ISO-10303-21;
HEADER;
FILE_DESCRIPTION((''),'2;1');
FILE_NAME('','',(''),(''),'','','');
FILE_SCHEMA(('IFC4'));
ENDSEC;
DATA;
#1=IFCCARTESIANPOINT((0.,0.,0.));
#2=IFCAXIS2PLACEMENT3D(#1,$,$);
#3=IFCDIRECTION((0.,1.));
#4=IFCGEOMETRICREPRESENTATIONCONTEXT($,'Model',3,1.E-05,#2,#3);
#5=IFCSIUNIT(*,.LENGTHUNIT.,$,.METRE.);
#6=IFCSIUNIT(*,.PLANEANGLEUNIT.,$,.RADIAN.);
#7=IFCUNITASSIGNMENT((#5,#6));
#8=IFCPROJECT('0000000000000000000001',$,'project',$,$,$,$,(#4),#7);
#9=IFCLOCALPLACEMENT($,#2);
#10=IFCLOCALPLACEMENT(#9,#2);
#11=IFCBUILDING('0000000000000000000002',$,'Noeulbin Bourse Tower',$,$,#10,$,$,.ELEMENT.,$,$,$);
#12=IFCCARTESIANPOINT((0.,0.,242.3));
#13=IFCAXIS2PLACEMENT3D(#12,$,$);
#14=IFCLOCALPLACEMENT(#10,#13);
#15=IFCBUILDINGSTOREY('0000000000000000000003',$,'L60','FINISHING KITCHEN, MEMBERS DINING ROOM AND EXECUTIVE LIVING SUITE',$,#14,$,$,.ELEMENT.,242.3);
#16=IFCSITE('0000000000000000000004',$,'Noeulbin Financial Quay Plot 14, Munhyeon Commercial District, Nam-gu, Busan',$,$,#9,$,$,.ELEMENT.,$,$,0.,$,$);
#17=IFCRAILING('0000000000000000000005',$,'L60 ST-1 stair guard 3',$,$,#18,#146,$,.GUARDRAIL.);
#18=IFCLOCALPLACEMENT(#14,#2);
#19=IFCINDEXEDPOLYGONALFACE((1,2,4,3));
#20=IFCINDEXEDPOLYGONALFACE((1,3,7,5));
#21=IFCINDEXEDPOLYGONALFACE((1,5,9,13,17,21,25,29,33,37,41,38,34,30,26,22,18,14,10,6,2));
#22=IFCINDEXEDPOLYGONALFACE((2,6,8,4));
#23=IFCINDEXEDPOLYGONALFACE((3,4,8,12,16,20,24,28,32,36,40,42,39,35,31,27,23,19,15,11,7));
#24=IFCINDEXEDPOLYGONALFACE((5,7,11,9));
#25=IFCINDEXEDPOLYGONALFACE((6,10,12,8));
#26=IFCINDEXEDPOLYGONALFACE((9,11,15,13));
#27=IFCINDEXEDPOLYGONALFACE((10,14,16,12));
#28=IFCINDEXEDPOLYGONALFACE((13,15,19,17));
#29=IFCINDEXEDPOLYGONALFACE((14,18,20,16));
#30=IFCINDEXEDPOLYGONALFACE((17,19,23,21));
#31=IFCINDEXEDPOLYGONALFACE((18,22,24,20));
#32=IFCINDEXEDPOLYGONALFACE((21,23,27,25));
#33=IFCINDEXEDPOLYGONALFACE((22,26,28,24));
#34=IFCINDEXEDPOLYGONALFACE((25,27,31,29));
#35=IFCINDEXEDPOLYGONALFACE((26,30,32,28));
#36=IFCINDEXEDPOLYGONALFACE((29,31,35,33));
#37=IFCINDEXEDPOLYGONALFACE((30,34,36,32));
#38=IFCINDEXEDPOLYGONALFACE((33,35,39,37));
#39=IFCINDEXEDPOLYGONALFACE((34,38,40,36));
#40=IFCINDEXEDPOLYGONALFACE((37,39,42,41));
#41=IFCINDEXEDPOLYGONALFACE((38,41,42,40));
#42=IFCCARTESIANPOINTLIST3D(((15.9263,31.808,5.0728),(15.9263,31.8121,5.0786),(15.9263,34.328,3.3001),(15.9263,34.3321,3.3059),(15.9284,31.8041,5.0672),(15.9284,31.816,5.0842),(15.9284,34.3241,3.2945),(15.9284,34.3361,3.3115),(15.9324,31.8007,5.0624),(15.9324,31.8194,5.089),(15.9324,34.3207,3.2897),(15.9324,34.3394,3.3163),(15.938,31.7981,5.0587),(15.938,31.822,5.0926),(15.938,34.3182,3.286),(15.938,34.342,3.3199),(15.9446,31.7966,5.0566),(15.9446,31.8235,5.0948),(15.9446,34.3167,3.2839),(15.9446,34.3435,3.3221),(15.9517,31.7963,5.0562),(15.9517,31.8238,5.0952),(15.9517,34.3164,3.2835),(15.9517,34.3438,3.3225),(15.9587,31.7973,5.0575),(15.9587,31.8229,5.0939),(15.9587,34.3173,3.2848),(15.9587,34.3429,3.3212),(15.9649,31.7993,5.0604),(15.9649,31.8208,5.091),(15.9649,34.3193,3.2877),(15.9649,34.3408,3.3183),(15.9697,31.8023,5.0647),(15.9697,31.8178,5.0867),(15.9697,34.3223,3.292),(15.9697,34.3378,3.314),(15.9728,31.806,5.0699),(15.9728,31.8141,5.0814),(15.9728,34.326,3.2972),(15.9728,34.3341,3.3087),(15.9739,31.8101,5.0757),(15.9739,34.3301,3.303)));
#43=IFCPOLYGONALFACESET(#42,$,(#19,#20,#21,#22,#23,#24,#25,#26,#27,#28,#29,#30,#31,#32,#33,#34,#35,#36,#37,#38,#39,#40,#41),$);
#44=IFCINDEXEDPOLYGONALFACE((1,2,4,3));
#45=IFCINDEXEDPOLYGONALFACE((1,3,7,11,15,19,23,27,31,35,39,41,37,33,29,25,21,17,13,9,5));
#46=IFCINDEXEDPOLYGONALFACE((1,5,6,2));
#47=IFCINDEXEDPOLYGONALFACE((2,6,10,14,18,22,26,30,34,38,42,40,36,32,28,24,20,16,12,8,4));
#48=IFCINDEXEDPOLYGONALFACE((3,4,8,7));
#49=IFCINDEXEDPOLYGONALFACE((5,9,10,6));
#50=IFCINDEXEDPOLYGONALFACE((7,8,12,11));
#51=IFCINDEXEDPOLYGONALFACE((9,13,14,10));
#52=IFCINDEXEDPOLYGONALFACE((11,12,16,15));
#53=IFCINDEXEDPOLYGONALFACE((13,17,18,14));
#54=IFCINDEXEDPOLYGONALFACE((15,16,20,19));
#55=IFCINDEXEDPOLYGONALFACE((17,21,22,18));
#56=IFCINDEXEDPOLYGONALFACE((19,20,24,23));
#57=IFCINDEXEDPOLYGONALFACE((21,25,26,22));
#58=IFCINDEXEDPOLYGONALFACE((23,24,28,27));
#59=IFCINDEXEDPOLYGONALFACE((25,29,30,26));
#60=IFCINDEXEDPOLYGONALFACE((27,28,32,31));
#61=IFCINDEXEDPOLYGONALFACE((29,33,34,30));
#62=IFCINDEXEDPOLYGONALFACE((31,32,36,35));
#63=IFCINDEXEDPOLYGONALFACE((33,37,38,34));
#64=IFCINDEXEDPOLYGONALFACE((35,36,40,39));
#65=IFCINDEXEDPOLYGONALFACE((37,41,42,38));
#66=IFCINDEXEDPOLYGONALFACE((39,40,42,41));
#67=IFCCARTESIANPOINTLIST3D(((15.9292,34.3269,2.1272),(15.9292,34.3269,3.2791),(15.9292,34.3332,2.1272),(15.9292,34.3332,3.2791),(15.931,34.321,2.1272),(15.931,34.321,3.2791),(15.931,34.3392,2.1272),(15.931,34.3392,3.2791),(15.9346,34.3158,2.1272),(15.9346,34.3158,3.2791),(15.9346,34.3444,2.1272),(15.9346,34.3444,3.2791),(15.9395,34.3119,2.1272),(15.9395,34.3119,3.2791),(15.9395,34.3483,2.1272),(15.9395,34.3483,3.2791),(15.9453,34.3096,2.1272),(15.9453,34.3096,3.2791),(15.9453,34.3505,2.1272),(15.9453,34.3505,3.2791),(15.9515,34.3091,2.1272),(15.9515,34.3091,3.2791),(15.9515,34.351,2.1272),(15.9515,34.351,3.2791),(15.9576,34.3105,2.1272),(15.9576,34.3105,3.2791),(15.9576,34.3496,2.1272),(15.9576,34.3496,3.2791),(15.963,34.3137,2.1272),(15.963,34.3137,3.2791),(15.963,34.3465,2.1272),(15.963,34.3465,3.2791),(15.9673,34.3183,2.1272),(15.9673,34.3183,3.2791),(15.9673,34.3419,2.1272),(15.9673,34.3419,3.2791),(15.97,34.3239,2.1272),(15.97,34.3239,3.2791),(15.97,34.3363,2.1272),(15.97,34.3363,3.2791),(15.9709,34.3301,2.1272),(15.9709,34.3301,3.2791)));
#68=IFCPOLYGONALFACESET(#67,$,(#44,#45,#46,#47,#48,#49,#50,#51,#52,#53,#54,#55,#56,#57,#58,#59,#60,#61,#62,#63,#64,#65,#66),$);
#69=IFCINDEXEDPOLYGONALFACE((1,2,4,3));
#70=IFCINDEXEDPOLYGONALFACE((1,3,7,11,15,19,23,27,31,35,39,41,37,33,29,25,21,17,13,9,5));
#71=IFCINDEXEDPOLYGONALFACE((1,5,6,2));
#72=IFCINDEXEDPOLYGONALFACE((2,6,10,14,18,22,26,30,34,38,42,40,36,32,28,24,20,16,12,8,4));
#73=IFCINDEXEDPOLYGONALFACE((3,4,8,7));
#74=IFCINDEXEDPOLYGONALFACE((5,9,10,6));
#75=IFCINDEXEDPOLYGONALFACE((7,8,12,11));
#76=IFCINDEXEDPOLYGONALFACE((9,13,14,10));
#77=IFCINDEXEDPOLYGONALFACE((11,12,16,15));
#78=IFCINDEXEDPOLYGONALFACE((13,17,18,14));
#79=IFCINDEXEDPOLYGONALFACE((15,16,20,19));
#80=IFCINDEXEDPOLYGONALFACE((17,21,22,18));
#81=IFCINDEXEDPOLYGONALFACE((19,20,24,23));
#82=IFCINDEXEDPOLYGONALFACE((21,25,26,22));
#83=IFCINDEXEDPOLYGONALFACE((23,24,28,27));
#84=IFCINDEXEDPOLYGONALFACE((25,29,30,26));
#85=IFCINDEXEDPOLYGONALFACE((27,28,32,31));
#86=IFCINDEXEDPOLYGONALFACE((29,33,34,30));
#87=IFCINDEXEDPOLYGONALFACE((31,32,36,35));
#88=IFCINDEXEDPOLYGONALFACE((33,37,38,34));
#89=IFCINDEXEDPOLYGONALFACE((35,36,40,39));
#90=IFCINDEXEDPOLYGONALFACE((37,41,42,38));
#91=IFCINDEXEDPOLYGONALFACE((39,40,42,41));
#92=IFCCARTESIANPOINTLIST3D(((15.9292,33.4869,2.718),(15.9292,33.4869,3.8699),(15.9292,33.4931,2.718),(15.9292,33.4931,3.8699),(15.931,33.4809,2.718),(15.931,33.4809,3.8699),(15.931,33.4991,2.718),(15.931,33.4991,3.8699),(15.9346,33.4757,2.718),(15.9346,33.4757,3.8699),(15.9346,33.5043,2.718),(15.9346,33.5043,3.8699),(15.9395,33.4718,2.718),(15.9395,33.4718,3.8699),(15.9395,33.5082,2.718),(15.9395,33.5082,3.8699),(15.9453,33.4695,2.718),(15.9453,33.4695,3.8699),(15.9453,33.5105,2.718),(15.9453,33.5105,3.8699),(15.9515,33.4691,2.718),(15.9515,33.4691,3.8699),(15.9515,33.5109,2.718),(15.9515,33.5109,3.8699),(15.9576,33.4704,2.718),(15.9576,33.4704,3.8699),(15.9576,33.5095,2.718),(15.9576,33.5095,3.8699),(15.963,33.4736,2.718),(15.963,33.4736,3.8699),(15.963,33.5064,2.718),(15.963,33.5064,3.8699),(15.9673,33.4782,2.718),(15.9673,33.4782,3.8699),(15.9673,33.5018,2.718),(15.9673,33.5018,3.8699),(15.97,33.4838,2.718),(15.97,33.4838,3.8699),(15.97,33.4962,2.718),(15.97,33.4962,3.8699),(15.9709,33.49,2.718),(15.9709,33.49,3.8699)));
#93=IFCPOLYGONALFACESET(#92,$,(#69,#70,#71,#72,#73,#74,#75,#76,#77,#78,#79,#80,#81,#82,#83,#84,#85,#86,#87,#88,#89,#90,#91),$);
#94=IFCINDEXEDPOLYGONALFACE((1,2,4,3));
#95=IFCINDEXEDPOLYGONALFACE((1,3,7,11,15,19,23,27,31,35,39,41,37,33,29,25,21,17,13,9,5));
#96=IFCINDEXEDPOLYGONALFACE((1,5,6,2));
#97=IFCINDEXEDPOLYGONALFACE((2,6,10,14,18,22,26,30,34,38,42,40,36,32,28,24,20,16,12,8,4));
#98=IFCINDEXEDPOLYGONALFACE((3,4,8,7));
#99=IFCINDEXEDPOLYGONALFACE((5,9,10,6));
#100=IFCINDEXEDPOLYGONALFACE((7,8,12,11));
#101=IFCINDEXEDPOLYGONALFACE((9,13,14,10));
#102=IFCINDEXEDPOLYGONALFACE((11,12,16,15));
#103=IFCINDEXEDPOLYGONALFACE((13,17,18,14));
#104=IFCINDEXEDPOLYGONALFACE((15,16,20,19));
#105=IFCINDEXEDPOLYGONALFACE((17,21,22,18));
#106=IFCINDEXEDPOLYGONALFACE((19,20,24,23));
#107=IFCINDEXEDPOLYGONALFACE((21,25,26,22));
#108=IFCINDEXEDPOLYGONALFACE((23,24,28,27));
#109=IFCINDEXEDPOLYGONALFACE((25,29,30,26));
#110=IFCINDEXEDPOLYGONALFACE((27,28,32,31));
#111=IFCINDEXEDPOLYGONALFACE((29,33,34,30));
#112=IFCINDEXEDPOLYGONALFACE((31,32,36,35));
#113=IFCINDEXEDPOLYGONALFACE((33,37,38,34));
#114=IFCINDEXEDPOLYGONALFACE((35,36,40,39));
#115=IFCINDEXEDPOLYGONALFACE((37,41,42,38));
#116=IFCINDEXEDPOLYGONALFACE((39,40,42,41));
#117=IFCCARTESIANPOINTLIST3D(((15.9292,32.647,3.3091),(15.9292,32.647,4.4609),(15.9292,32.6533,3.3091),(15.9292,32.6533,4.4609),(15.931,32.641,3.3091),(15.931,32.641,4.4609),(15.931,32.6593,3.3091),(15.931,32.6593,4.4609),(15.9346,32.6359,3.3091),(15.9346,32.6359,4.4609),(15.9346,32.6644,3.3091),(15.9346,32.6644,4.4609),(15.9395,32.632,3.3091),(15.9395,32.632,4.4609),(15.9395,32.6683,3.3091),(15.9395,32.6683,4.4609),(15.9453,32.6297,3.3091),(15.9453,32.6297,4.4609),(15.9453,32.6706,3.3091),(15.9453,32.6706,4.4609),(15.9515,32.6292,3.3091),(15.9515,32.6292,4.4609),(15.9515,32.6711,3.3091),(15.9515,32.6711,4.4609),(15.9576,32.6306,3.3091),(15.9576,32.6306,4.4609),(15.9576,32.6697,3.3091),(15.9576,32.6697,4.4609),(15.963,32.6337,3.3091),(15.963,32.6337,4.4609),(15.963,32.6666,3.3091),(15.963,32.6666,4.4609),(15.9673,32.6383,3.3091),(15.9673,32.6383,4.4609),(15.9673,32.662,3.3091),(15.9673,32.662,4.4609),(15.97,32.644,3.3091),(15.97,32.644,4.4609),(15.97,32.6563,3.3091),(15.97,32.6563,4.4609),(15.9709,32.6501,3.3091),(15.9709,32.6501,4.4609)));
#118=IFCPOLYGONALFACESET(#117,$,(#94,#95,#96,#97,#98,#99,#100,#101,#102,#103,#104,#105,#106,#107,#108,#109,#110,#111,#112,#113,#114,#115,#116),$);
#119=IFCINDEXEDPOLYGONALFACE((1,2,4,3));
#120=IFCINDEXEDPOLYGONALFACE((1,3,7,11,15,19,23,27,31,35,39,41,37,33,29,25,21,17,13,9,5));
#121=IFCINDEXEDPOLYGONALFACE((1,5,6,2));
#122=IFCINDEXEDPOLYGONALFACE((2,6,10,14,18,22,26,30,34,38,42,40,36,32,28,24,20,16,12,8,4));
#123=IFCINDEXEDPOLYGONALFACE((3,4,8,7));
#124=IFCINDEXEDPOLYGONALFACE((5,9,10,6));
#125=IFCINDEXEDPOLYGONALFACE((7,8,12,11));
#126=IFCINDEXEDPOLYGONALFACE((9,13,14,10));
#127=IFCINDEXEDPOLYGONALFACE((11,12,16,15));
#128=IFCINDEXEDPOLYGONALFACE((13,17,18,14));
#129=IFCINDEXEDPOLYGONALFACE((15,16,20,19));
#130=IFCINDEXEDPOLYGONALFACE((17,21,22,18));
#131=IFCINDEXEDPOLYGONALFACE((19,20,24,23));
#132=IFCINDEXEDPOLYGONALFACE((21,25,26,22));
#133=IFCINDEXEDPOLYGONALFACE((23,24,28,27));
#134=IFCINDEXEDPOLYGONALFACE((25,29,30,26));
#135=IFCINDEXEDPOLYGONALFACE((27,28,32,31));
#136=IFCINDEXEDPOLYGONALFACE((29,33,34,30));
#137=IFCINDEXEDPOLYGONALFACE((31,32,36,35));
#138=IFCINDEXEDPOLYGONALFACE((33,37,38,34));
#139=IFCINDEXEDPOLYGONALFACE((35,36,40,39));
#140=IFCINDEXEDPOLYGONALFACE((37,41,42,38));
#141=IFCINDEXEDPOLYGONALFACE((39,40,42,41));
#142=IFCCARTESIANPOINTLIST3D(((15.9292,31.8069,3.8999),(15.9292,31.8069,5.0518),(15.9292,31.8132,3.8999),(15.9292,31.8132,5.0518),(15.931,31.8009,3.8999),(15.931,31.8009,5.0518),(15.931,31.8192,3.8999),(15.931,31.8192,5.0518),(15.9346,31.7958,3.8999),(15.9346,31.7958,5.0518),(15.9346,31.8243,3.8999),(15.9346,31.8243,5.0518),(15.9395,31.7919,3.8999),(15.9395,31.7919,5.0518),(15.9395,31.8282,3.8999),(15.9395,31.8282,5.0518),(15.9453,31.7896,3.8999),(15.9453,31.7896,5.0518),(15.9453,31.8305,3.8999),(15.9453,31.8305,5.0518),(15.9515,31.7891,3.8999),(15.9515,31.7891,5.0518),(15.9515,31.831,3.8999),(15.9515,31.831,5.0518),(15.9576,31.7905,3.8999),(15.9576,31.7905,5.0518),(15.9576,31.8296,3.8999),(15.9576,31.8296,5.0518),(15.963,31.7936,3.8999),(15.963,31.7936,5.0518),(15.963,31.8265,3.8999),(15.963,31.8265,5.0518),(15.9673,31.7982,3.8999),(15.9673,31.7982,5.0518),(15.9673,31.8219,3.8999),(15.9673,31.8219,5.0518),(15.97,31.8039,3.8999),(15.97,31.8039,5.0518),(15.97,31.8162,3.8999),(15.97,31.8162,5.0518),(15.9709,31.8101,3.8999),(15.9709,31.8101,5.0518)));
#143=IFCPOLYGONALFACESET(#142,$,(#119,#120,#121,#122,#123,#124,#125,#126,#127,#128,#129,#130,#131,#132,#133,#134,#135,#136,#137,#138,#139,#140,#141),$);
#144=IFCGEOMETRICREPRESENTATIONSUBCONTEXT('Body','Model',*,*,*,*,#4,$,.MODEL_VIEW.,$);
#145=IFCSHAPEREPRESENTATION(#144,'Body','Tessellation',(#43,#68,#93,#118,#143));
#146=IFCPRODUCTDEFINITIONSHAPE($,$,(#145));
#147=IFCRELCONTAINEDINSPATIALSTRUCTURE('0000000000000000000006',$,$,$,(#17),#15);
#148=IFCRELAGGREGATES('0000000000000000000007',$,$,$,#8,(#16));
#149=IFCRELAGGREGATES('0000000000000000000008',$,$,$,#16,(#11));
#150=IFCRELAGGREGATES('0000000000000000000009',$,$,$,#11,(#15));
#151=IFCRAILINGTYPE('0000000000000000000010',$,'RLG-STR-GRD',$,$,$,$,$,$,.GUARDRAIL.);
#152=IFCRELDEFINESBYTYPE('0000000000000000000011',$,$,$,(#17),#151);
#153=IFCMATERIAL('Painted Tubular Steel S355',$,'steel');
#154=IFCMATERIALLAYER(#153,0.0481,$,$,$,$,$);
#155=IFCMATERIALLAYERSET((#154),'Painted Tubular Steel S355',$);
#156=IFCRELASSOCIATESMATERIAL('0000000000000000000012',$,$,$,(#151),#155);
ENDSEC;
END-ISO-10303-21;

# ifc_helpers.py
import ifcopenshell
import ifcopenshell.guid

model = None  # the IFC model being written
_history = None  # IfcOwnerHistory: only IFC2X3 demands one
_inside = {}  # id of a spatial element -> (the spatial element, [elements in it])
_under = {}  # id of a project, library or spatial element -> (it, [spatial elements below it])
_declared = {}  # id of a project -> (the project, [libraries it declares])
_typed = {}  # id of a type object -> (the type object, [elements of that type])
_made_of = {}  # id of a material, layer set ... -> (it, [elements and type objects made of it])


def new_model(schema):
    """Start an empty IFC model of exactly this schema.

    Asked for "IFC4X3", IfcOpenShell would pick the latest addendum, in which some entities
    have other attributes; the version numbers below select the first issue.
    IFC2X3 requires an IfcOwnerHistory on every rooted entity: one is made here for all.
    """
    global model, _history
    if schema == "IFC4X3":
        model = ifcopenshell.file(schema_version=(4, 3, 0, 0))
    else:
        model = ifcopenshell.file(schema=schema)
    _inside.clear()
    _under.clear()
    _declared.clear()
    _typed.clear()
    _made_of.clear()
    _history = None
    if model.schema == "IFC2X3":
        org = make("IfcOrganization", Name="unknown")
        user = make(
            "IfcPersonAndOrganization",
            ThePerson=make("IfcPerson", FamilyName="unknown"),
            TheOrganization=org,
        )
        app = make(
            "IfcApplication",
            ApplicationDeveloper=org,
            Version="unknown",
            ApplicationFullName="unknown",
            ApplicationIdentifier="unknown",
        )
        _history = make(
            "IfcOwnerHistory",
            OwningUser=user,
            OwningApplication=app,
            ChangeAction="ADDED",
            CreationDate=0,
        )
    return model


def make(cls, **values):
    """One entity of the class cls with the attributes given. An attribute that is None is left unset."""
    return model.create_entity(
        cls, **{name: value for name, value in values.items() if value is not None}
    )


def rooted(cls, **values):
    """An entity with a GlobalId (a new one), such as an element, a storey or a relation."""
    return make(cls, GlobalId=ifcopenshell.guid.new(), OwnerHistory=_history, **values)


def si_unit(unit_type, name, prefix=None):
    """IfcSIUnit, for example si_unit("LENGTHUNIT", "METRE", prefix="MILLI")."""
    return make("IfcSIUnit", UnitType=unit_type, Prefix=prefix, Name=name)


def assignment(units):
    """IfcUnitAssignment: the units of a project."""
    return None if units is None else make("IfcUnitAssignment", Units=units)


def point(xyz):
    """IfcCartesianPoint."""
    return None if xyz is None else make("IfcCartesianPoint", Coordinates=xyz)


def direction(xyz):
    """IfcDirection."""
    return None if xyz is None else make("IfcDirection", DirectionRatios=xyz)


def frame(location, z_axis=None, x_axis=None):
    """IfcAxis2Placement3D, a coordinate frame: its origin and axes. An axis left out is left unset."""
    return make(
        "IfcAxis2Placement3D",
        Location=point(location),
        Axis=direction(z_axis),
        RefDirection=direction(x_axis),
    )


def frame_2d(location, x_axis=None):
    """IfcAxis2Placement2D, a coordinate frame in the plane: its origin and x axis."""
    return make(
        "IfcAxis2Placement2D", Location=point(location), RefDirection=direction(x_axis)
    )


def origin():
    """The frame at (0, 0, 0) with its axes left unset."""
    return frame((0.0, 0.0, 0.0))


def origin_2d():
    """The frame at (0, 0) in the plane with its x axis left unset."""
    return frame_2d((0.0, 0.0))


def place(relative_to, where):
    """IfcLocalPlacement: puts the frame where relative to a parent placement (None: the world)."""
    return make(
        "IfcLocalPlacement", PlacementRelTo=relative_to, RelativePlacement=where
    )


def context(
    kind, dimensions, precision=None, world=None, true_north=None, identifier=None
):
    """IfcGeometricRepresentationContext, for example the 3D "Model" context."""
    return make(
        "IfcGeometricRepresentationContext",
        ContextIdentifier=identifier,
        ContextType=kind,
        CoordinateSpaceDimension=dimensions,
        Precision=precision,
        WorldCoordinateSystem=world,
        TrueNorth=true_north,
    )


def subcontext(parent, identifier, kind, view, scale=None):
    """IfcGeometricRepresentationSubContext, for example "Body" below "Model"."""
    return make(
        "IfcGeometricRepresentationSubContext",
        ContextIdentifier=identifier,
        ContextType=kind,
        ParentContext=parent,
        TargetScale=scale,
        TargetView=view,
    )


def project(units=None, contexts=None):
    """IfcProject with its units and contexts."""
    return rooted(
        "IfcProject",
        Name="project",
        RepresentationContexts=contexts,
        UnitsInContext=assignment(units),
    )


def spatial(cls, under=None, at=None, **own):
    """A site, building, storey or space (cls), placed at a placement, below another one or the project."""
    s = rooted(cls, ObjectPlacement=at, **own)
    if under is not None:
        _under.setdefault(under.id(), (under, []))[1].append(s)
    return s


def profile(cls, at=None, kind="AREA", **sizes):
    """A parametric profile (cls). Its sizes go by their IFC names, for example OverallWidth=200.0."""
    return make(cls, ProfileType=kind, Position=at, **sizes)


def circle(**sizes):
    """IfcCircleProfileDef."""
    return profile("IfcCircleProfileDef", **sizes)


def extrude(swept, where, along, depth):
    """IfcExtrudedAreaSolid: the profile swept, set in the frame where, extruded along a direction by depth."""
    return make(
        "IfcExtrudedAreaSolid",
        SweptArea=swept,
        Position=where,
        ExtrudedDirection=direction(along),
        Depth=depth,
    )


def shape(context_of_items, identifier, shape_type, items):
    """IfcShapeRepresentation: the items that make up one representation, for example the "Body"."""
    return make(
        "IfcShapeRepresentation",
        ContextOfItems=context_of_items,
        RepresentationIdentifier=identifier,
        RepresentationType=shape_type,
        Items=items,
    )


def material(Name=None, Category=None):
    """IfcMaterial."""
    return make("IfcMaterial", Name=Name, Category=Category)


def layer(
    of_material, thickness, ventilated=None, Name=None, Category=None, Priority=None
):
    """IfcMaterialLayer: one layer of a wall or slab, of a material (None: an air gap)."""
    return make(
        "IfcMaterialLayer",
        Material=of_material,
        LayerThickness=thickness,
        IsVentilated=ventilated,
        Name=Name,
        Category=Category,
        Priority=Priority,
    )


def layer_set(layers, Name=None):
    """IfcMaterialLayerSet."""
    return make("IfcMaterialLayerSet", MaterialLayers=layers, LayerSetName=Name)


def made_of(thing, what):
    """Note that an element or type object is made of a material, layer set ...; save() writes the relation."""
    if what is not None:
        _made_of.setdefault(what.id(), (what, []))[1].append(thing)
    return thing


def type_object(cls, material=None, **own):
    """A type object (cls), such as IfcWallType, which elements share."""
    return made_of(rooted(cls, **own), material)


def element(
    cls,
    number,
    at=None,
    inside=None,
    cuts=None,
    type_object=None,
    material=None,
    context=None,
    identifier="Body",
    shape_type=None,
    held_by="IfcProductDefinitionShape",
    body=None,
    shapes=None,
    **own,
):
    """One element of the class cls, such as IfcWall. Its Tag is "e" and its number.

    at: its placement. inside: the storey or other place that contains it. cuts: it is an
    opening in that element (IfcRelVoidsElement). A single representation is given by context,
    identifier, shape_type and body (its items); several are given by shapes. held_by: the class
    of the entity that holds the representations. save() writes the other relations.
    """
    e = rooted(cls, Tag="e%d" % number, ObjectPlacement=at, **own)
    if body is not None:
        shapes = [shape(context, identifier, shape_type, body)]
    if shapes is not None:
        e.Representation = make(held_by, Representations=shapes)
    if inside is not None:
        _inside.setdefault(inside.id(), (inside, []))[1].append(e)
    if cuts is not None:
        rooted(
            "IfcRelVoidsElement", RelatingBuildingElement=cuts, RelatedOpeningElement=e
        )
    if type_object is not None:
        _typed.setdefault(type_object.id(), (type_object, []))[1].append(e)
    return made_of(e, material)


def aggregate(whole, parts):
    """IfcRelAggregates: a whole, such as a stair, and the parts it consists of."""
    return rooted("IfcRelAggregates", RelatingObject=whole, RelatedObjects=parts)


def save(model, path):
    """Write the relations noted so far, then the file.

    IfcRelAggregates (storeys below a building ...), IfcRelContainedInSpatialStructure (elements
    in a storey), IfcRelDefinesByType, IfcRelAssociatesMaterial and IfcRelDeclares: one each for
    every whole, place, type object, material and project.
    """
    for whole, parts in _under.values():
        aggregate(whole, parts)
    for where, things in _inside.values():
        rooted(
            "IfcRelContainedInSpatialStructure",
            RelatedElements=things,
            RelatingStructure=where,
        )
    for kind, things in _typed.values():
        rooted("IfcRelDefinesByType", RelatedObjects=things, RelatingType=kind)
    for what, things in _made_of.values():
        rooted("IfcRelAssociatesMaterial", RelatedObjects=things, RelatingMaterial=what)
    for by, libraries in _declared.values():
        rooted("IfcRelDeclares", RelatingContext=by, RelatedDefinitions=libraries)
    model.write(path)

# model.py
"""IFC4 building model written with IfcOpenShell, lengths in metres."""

from ifc_helpers import new_model, si_unit, direction, frame, origin, origin_2d, place, context, subcontext, project, spatial, circle, extrude, material, layer, layer_set, type_object, element, save


model = new_model("IFC4")

# Units and contexts
model_context = context("Model", 3, precision=1e-05, world=origin(), true_north=direction((0.0, 1.0)))
body_context = subcontext(model_context, "Body", "Model", "MODEL_VIEW")
ifc_project = project(units=[si_unit("LENGTHUNIT", "METRE"), si_unit("PLANEANGLEUNIT", "RADIAN")], contexts=[model_context])

# Site, building, storey
site_placement = place(None, origin())
site = spatial("IfcSite", under=ifc_project, at=site_placement, Name="Noeulbin Financial Quay Plot 14, Munhyeon Commercial District, Nam-gu, Busan", CompositionType="ELEMENT", RefElevation=0.0)
building_placement = place(site_placement, origin())
building = spatial("IfcBuilding", under=site, at=building_placement, Name="Noeulbin Bourse Tower", CompositionType="ELEMENT")
storey_placement = place(building_placement, frame((0.0, 0.0, 242.3)))
storey = spatial("IfcBuildingStorey", under=building, at=storey_placement, Name="L60", Description="FINISHING KITCHEN, MEMBERS DINING ROOM AND EXECUTIVE LIVING SUITE", CompositionType="ELEMENT", Elevation=242.3)

# Railing
ifc_material_1 = material(Name="Painted Tubular Steel S355", Category="steel")
ifc_layer_1 = layer(ifc_material_1, 0.0481)
ifc_layer_set_1 = layer_set([ifc_layer_1], Name="Painted Tubular Steel S355")
railing_type_1 = type_object("IfcRailingType", Name="RLG-STR-GRD", PredefinedType="GUARDRAIL", material=ifc_layer_set_1)
railing_1_placement = place(storey_placement, frame((15.95, 34.3301, 2.1272)))
element("IfcRailing", 1, at=railing_1_placement, inside=storey, type_object=railing_type_1, Name="L60 ST-1 stair guard 3", PredefinedType="GUARDRAIL", context=body_context, shape_type="SweptSolid", body=[
    extrude(circle(Radius=0.0239, at=origin_2d()), frame((0.0, 0.0, 1.1758), z_axis=(0.0, -0.817904, 0.575354), x_axis=(1.0, 0.0, 0.0)), (0.0, 0.0, 1.0), 3.0811),
    extrude(circle(Radius=0.021, at=origin_2d()), origin(), (0.0, 0.0, 1.0), 1.1519),
    extrude(circle(Radius=0.021, at=origin_2d()), frame((0.0, -0.8401, 0.5908)), (0.0, 0.0, 1.0), 1.1519),
    extrude(circle(Radius=0.021, at=origin_2d()), frame((0.0, -1.6799, 1.1819)), (0.0, 0.0, 1.0), 1.1519),
    extrude(circle(Radius=0.021, at=origin_2d()), frame((0.0, -2.52, 1.7727)), (0.0, 0.0, 1.0), 1.1519),
])

save(model, "model.ifc")
